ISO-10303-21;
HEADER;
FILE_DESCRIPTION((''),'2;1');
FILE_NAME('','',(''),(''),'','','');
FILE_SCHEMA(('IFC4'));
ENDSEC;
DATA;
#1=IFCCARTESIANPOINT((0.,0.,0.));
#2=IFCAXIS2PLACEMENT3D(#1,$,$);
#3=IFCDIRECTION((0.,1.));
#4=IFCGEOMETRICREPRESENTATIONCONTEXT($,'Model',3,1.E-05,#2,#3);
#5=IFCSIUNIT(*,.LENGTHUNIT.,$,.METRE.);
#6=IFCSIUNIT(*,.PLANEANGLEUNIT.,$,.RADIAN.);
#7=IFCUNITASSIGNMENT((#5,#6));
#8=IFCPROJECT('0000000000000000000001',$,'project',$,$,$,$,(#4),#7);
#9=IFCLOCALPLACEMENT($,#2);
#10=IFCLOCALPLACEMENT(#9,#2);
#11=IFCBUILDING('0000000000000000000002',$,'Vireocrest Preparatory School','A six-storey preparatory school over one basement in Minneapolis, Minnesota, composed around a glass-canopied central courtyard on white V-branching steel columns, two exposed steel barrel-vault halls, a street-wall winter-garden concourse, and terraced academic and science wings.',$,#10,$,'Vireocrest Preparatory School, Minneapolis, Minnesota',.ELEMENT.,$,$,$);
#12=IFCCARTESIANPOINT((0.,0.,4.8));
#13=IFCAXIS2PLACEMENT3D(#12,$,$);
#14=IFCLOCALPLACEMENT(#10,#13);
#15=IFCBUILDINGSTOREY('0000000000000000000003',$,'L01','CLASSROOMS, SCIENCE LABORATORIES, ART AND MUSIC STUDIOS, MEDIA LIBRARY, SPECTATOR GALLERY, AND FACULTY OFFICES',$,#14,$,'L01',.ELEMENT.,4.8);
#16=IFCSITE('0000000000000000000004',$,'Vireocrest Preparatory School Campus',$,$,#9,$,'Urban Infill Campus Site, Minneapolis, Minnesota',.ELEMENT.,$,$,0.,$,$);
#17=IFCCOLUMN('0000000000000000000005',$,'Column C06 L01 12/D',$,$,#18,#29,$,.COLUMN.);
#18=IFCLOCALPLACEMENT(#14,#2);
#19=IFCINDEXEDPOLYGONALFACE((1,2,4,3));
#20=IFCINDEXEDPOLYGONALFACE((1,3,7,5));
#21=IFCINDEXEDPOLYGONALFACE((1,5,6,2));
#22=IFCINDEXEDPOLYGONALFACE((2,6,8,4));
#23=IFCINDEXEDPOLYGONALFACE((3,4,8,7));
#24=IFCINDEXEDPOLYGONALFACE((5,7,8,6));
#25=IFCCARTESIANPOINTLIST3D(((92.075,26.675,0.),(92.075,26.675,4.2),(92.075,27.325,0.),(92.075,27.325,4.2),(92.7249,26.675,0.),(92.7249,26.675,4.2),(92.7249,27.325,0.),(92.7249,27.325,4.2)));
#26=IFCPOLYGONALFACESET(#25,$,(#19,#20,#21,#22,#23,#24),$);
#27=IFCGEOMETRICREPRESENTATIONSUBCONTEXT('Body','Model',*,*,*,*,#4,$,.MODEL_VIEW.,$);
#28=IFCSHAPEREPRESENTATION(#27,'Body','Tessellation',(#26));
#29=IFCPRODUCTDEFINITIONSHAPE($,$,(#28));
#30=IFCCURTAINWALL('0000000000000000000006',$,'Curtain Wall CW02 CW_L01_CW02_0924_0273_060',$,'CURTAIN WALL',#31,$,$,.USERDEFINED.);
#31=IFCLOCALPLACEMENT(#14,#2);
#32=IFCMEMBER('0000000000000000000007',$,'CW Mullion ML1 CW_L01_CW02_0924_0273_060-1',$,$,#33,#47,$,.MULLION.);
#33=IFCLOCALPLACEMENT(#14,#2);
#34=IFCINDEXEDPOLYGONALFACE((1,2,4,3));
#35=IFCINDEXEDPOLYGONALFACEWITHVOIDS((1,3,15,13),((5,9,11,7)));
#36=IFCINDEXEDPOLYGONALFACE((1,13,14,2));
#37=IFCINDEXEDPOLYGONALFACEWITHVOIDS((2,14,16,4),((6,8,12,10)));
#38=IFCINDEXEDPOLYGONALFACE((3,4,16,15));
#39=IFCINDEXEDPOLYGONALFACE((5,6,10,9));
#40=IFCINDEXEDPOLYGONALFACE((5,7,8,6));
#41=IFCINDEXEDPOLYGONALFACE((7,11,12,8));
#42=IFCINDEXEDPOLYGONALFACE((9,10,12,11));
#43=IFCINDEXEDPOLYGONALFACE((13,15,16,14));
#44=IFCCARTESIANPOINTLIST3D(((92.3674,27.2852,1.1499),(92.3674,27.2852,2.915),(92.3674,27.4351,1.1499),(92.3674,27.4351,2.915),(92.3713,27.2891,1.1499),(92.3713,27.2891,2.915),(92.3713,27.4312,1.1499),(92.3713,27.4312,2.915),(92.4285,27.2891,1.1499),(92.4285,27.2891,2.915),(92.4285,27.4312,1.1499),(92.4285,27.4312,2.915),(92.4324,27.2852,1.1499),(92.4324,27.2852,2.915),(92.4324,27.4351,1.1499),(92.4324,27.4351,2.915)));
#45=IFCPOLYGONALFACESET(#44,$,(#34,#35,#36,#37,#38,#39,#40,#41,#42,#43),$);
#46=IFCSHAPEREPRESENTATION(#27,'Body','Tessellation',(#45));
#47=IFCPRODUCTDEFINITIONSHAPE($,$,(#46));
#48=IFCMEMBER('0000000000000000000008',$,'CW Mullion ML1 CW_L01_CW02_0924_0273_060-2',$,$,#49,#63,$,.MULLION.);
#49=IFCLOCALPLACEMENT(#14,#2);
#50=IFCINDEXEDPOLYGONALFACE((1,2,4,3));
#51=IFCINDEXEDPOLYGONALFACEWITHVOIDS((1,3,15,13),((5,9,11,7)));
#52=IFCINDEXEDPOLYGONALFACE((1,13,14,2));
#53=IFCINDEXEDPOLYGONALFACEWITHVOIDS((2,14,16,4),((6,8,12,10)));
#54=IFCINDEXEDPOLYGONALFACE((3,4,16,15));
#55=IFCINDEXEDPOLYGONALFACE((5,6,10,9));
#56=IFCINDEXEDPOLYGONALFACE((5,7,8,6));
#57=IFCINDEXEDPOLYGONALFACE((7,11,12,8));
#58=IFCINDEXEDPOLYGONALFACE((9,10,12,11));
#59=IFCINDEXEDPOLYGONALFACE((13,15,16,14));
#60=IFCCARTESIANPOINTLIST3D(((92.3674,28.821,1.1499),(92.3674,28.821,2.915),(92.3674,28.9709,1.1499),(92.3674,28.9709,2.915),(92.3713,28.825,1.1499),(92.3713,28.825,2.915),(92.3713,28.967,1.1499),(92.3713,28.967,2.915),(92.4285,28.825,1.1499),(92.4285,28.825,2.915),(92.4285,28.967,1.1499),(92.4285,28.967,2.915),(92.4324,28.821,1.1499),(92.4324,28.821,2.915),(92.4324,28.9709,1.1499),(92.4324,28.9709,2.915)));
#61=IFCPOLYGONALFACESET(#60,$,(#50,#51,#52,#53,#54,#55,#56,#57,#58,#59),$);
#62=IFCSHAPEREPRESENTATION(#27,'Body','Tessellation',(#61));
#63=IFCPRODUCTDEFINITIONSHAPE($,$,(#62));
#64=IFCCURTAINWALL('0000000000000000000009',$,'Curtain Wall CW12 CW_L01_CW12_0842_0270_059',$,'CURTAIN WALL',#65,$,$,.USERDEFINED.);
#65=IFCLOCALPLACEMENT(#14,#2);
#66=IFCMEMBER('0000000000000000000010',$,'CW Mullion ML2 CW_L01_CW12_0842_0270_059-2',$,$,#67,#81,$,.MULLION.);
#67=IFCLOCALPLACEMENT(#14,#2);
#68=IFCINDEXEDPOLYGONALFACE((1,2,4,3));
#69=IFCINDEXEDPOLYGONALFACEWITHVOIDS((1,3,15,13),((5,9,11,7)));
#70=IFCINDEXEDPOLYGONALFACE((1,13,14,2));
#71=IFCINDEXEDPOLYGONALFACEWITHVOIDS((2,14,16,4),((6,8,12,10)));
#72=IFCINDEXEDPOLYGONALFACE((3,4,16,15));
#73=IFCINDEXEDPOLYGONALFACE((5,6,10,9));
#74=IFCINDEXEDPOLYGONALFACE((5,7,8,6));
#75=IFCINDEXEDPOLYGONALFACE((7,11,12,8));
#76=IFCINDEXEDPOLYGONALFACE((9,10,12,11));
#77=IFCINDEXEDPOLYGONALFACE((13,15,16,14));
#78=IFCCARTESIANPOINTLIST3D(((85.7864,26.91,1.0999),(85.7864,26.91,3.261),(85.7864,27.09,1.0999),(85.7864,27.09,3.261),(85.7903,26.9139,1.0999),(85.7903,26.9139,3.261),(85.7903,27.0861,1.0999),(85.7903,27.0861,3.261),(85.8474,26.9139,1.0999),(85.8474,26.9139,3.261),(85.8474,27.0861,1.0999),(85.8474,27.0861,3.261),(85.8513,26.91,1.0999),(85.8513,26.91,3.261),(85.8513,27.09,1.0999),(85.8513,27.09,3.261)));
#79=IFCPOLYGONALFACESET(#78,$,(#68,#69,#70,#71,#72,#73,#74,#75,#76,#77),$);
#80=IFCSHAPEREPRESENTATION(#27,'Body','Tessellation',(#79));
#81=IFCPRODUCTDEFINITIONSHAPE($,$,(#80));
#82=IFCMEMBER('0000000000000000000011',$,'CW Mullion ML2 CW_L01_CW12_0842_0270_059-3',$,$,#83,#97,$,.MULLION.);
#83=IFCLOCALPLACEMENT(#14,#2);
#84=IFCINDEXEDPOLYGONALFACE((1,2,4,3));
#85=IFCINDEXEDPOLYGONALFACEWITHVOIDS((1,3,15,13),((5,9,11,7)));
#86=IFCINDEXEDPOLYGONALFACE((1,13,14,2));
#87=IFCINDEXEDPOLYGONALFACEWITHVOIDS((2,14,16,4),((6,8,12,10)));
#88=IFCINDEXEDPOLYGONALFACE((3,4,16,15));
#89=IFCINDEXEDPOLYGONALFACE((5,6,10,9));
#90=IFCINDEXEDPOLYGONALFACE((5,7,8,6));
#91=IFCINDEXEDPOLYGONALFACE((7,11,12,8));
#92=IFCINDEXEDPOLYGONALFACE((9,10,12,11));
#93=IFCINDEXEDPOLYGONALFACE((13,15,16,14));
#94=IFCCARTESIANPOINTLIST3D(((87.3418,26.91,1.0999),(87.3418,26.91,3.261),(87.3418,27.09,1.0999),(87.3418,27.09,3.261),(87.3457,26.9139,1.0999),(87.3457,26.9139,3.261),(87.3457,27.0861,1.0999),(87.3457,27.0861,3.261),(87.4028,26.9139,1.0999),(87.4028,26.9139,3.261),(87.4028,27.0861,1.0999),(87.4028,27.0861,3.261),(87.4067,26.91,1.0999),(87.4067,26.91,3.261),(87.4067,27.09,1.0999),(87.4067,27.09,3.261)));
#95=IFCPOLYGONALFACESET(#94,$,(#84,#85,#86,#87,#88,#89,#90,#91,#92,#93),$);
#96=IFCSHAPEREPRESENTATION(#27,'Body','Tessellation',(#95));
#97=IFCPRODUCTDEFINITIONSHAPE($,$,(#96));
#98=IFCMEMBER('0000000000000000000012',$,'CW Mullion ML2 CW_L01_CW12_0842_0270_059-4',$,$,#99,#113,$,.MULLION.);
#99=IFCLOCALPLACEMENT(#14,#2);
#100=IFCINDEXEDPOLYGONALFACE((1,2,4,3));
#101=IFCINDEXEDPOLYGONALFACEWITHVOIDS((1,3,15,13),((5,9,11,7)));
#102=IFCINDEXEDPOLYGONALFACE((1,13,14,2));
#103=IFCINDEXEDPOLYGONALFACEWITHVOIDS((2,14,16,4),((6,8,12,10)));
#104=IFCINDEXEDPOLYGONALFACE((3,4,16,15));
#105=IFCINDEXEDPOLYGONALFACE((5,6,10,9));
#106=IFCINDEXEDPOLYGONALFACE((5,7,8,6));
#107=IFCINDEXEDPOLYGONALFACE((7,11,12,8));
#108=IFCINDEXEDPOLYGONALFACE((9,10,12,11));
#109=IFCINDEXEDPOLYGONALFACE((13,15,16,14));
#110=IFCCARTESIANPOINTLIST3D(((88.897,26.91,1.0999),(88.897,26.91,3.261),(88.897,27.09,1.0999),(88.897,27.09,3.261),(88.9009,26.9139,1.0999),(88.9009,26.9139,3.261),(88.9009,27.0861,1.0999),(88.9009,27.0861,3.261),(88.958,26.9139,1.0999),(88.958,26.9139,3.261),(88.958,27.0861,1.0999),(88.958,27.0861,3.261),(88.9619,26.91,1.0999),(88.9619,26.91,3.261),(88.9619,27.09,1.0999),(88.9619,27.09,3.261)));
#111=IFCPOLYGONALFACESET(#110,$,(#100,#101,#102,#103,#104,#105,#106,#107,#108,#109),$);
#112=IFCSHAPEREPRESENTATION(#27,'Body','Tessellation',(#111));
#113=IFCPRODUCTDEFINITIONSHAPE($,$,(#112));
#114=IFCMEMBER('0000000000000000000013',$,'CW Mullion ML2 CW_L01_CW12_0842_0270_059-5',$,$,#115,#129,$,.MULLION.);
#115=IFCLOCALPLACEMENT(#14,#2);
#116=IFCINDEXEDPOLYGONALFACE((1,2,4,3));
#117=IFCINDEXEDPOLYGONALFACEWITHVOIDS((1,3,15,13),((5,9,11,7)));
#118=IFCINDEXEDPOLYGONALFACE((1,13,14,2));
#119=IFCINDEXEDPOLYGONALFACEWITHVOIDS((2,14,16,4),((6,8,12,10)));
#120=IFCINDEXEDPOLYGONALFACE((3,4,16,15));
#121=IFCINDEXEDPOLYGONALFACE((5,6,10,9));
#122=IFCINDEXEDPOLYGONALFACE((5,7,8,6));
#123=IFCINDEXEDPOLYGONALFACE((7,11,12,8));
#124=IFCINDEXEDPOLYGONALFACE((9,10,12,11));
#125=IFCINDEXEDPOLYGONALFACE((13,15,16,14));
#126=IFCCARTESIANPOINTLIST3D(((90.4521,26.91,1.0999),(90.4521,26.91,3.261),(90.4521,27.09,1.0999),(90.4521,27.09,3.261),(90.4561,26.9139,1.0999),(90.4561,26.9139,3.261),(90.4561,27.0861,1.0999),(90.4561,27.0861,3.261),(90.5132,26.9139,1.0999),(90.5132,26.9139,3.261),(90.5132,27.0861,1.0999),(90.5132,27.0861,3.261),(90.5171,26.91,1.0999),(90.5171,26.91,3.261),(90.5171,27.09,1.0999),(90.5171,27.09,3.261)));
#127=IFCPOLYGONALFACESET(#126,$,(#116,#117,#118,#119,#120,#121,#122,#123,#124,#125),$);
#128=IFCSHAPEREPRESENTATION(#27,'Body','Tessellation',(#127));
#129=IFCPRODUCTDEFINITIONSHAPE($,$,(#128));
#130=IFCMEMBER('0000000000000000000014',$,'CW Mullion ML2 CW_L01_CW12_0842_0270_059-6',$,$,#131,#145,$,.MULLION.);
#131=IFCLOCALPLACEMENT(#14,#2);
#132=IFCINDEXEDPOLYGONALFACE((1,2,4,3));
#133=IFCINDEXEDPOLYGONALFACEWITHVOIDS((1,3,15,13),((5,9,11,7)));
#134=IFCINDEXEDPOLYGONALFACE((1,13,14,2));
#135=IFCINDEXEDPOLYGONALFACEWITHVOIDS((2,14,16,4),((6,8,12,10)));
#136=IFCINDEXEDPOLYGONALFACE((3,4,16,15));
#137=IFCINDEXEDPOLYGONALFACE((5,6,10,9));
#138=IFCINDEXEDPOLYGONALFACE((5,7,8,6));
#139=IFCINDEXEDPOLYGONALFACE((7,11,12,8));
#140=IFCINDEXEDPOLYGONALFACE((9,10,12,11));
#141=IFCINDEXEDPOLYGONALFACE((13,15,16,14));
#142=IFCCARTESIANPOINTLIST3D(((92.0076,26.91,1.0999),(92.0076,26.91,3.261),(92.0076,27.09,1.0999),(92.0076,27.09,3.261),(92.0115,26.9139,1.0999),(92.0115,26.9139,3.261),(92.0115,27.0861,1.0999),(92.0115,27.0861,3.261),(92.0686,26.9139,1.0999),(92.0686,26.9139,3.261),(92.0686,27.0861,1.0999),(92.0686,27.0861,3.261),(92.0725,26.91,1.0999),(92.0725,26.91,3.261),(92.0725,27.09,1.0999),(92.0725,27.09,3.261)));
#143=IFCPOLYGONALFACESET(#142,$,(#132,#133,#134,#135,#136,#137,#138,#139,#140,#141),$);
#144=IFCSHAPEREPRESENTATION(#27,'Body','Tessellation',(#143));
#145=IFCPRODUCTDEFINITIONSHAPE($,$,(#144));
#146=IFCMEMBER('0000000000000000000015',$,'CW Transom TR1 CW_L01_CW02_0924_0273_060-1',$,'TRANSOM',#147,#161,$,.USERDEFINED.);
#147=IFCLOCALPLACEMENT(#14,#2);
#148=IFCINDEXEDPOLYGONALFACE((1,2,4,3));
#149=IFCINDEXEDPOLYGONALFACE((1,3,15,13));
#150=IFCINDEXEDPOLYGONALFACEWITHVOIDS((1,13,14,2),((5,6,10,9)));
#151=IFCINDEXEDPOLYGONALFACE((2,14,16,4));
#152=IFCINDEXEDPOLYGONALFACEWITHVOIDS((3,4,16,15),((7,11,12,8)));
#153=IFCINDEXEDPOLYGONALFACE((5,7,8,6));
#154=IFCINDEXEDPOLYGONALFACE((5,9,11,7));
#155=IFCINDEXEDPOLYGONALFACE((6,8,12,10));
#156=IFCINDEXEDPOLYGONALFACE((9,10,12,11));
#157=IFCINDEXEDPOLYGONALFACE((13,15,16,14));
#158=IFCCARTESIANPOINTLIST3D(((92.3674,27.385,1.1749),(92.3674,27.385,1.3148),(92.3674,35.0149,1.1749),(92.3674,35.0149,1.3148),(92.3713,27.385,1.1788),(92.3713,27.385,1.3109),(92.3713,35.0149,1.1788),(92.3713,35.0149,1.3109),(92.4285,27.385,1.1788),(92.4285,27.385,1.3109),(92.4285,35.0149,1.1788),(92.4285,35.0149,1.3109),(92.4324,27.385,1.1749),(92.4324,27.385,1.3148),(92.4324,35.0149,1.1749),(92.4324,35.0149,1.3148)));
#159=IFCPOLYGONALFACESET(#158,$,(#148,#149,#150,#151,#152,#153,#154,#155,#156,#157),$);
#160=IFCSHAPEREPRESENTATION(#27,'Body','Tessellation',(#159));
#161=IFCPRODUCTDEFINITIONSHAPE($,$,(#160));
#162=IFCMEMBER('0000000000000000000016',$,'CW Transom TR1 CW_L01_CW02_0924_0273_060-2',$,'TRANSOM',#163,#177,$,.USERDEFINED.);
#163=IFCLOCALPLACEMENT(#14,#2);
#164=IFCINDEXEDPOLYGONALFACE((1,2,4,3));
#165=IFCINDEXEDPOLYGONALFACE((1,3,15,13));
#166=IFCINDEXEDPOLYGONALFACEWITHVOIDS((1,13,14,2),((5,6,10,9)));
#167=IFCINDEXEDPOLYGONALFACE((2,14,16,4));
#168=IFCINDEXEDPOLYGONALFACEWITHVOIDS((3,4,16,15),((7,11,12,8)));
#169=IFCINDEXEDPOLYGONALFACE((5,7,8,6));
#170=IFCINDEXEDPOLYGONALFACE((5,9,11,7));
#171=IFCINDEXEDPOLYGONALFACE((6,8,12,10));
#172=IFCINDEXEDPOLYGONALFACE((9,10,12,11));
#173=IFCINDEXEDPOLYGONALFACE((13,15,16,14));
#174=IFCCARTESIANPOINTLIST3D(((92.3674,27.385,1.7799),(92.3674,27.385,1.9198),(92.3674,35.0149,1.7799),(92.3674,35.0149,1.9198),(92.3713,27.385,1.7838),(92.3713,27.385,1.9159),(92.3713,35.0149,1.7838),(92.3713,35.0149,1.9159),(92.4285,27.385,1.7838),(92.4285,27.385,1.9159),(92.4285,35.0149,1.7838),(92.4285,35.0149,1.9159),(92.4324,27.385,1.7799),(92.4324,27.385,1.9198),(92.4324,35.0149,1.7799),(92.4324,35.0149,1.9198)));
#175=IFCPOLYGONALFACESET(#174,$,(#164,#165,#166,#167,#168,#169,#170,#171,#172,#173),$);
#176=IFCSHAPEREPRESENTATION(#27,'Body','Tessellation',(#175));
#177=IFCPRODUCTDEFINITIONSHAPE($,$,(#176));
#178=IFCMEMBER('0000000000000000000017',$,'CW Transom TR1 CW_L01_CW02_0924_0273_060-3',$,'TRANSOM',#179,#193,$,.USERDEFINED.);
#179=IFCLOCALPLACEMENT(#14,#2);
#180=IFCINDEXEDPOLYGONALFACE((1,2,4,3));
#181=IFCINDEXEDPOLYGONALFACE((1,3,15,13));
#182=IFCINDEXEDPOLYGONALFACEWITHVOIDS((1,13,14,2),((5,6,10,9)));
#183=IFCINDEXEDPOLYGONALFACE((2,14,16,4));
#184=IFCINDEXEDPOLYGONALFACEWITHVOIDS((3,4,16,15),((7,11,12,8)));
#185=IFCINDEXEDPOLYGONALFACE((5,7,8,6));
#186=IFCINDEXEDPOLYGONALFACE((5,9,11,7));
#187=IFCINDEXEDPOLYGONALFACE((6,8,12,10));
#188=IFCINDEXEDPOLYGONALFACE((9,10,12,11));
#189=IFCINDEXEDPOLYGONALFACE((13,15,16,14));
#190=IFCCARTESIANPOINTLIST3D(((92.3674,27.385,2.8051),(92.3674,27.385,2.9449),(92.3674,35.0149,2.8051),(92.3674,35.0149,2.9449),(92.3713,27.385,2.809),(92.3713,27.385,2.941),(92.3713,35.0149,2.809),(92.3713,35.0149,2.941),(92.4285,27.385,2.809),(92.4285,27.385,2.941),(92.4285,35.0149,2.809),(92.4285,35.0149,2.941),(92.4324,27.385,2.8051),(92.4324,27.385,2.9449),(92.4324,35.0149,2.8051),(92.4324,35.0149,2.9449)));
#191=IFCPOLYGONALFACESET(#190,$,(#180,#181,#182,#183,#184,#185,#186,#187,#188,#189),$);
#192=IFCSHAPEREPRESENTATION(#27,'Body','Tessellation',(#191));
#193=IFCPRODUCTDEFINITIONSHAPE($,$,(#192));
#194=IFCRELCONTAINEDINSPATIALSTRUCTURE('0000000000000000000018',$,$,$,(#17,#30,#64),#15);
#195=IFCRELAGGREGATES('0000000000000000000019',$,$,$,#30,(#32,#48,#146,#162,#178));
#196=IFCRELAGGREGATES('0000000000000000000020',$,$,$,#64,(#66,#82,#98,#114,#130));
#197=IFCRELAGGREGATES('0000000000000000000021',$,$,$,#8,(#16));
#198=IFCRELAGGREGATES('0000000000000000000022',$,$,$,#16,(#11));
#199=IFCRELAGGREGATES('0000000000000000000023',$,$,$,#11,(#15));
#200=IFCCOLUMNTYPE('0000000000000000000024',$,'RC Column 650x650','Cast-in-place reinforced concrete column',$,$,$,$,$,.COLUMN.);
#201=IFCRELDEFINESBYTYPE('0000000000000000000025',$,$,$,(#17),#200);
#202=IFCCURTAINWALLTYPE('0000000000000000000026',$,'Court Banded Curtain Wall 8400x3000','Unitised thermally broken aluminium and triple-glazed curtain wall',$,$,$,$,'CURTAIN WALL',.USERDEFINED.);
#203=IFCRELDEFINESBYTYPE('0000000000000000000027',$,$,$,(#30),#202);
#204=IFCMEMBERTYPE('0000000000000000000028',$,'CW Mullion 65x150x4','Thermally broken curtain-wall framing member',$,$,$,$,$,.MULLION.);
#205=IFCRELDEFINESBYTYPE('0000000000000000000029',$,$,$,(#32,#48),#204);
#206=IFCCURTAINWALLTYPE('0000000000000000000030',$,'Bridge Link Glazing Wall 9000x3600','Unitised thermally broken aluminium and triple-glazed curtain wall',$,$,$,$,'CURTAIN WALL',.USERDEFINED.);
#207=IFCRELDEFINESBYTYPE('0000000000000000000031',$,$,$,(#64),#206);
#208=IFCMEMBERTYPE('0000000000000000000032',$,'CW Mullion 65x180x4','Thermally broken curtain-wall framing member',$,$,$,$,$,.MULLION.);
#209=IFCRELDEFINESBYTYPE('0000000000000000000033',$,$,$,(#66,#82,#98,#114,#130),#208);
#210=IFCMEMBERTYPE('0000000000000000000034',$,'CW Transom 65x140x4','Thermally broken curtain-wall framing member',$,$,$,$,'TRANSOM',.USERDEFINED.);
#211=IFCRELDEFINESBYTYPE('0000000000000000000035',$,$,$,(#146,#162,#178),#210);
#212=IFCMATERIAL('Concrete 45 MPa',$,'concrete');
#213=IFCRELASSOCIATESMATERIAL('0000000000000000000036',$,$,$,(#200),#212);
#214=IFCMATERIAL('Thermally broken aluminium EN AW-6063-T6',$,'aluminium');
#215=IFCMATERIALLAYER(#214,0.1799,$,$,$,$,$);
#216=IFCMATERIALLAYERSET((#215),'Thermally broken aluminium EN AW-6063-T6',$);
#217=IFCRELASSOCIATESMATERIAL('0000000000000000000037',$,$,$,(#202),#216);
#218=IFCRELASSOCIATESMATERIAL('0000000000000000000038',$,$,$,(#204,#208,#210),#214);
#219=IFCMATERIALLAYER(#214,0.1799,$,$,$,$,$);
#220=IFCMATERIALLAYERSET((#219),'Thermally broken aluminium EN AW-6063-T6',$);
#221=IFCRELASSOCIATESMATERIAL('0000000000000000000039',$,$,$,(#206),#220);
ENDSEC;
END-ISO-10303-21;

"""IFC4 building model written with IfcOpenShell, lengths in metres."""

from ifc_helpers import new_model, si_unit, direction, frame, origin, origin_2d, place, context, subcontext, project, spatial, rectangle, hollow_rectangle, extrude, material, layer, layer_set, material_profile, profile_set, type_object, element, aggregate, save


model = new_model("IFC4")

# Units and contexts
model_context = context("Model", 3, precision=1e-05, world=origin(), true_north=direction((0.0, 1.0)))
body_context = subcontext(model_context, "Body", "Model", "MODEL_VIEW")
ifc_project = project(units=[si_unit("LENGTHUNIT", "METRE"), si_unit("PLANEANGLEUNIT", "RADIAN")], contexts=[model_context])

# Site, building, storey
site_placement = place(None, origin())
site = spatial("IfcSite", under=ifc_project, at=site_placement, Name="Vireocrest Preparatory School Campus", LongName="Urban Infill Campus Site, Minneapolis, Minnesota", CompositionType="ELEMENT", RefElevation=0.0)
building_placement = place(site_placement, origin())
building = spatial("IfcBuilding", under=site, at=building_placement, Name="Vireocrest Preparatory School", Description="A six-storey preparatory school over one basement in Minneapolis, Minnesota, composed around a glass-canopied central courtyard on white V-branching steel columns, two exposed steel barrel-vault halls, a street-wall winter-garden concourse, and terraced academic and science wings.", LongName="Vireocrest Preparatory School, Minneapolis, Minnesota", CompositionType="ELEMENT")
storey_placement = place(building_placement, frame((0.0, 0.0, 4.8)))
storey = spatial("IfcBuildingStorey", under=building, at=storey_placement, Name="L01", Description="CLASSROOMS, SCIENCE LABORATORIES, ART AND MUSIC STUDIOS, MEDIA LIBRARY, SPECTATOR GALLERY, AND FACULTY OFFICES", LongName="L01", CompositionType="ELEMENT", Elevation=4.8)

# Column
ifc_material_1 = material(Name="Concrete 45 MPa", Category="concrete")
ifc_material_profile_1 = material_profile(ifc_material_1, rectangle(XDim=0.6499, YDim=0.6499, at=origin_2d()), Name="RC 650x650")
ifc_profile_set_1 = profile_set([ifc_material_profile_1], Name="Concrete 45 MPa")
column_type = type_object("IfcColumnType", Name="RC Column 650x650", Description="Cast-in-place reinforced concrete column", PredefinedType="COLUMN", material=ifc_profile_set_1)
column_placement = place(storey_placement, frame((92.3999, 27.0, 0.0), z_axis=(0.0, 0.0, 1.0), x_axis=(1.0, 0.0, 0.0)))
element("IfcColumn", 1, at=column_placement, inside=storey, type_object=column_type, Name="Column C06 L01 12/D", PredefinedType="COLUMN", context=body_context, shape_type="SweptSolid", body=[
    extrude(rectangle(XDim=0.6499, YDim=0.6499, at=origin_2d()), origin(), (0.0, 0.0, 1.0), 4.2),
])

# Curtain walls, members
ifc_material_2 = material(Name="Thermally broken aluminium EN AW-6063-T6", Category="aluminium")
ifc_layer_1 = layer(ifc_material_2, 0.1799)
ifc_layer_set_1 = layer_set([ifc_layer_1], Name="Thermally broken aluminium EN AW-6063-T6")
curtain_wall_type_1 = type_object("IfcCurtainWallType", Name="Court Banded Curtain Wall 8400x3000", Description="Unitised thermally broken aluminium and triple-glazed curtain wall", ElementType="CURTAIN WALL", PredefinedType="USERDEFINED", material=ifc_layer_set_1)
curtain_wall_1_placement = place(storey_placement, origin())
curtain_wall_1 = element("IfcCurtainWall", 2, at=curtain_wall_1_placement, inside=storey, type_object=curtain_wall_type_1, Name="Curtain Wall CW02 CW_L01_CW02_0924_0273_060", ObjectType="CURTAIN WALL", PredefinedType="USERDEFINED")
ifc_material_profile_2 = material_profile(ifc_material_2, hollow_rectangle(XDim=0.0649, YDim=0.1499, WallThickness=0.0039, at=origin_2d()), Name="ALU 65x150x4")
ifc_profile_set_2 = profile_set([ifc_material_profile_2], Name="Thermally broken aluminium EN AW-6063-T6")
member_type_1 = type_object("IfcMemberType", Name="CW Mullion 65x150x4", Description="Thermally broken curtain-wall framing member", PredefinedType="MULLION", material=ifc_profile_set_2)
member_1_placement = place(storey_placement, frame((92.3999, 27.3601, 1.1499), z_axis=(0.0, 0.0, 1.0), x_axis=(1.0, 0.0, 0.0)))
member_1 = element("IfcMember", 3, at=member_1_placement, type_object=member_type_1, Name="CW Mullion ML1 CW_L01_CW02_0924_0273_060-1", PredefinedType="MULLION", context=body_context, shape_type="SweptSolid", body=[
    extrude(hollow_rectangle(XDim=0.0649, YDim=0.1499, WallThickness=0.0039, at=origin_2d()), origin(), (0.0, 0.0, 1.0), 1.7651),
])
member_2_placement = place(storey_placement, frame((92.3999, 28.896, 1.1499), z_axis=(0.0, 0.0, 1.0), x_axis=(1.0, 0.0, 0.0)))
member_2 = element("IfcMember", 4, at=member_2_placement, type_object=member_type_1, Name="CW Mullion ML1 CW_L01_CW02_0924_0273_060-2", PredefinedType="MULLION", context=body_context, shape_type="SweptSolid", body=[
    extrude(hollow_rectangle(XDim=0.0649, YDim=0.1499, WallThickness=0.0039, at=origin_2d()), origin(), (0.0, 0.0, 1.0), 1.7651),
])
ifc_layer_2 = layer(ifc_material_2, 0.1799)
ifc_layer_set_2 = layer_set([ifc_layer_2], Name="Thermally broken aluminium EN AW-6063-T6")
curtain_wall_type_2 = type_object("IfcCurtainWallType", Name="Bridge Link Glazing Wall 9000x3600", Description="Unitised thermally broken aluminium and triple-glazed curtain wall", ElementType="CURTAIN WALL", PredefinedType="USERDEFINED", material=ifc_layer_set_2)
curtain_wall_2_placement = place(storey_placement, origin())
curtain_wall_2 = element("IfcCurtainWall", 5, at=curtain_wall_2_placement, inside=storey, type_object=curtain_wall_type_2, Name="Curtain Wall CW12 CW_L01_CW12_0842_0270_059", ObjectType="CURTAIN WALL", PredefinedType="USERDEFINED")
ifc_material_profile_3 = material_profile(ifc_material_2, hollow_rectangle(XDim=0.0649, YDim=0.1799, WallThickness=0.0039, at=origin_2d()), Name="ALU 65x180x4")
ifc_profile_set_3 = profile_set([ifc_material_profile_3], Name="Thermally broken aluminium EN AW-6063-T6")
member_type_2 = type_object("IfcMemberType", Name="CW Mullion 65x180x4", Description="Thermally broken curtain-wall framing member", PredefinedType="MULLION", material=ifc_profile_set_3)
member_3_placement = place(storey_placement, frame((85.8188, 27.0, 1.0999), z_axis=(0.0, 0.0, 1.0), x_axis=(1.0, 0.0, 0.0)))
member_3 = element("IfcMember", 6, at=member_3_placement, type_object=member_type_2, Name="CW Mullion ML2 CW_L01_CW12_0842_0270_059-2", PredefinedType="MULLION", context=body_context, shape_type="SweptSolid", body=[
    extrude(hollow_rectangle(XDim=0.0649, YDim=0.1799, WallThickness=0.0039, at=origin_2d()), origin(), (0.0, 0.0, 1.0), 2.1611),
])
member_4_placement = place(storey_placement, frame((87.3743, 27.0, 1.0999), z_axis=(0.0, 0.0, 1.0), x_axis=(1.0, 0.0, 0.0)))
member_4 = element("IfcMember", 7, at=member_4_placement, type_object=member_type_2, Name="CW Mullion ML2 CW_L01_CW12_0842_0270_059-3", PredefinedType="MULLION", context=body_context, shape_type="SweptSolid", body=[
    extrude(hollow_rectangle(XDim=0.0649, YDim=0.1799, WallThickness=0.0039, at=origin_2d()), origin(), (0.0, 0.0, 1.0), 2.1611),
])
member_5_placement = place(storey_placement, frame((88.9294, 27.0, 1.0999), z_axis=(0.0, 0.0, 1.0), x_axis=(1.0, 0.0, 0.0)))
member_5 = element("IfcMember", 8, at=member_5_placement, type_object=member_type_2, Name="CW Mullion ML2 CW_L01_CW12_0842_0270_059-4", PredefinedType="MULLION", context=body_context, shape_type="SweptSolid", body=[
    extrude(hollow_rectangle(XDim=0.0649, YDim=0.1799, WallThickness=0.0039, at=origin_2d()), origin(), (0.0, 0.0, 1.0), 2.1611),
])
member_6_placement = place(storey_placement, frame((90.4846, 27.0, 1.0999), z_axis=(0.0, 0.0, 1.0), x_axis=(1.0, 0.0, 0.0)))
member_6 = element("IfcMember", 9, at=member_6_placement, type_object=member_type_2, Name="CW Mullion ML2 CW_L01_CW12_0842_0270_059-5", PredefinedType="MULLION", context=body_context, shape_type="SweptSolid", body=[
    extrude(hollow_rectangle(XDim=0.0649, YDim=0.1799, WallThickness=0.0039, at=origin_2d()), origin(), (0.0, 0.0, 1.0), 2.1611),
])
member_7_placement = place(storey_placement, frame((92.04, 27.0, 1.0999), z_axis=(0.0, 0.0, 1.0), x_axis=(1.0, 0.0, 0.0)))
member_7 = element("IfcMember", 10, at=member_7_placement, type_object=member_type_2, Name="CW Mullion ML2 CW_L01_CW12_0842_0270_059-6", PredefinedType="MULLION", context=body_context, shape_type="SweptSolid", body=[
    extrude(hollow_rectangle(XDim=0.0649, YDim=0.1799, WallThickness=0.0039, at=origin_2d()), origin(), (0.0, 0.0, 1.0), 2.1611),
])

# Members
ifc_material_profile_4 = material_profile(ifc_material_2, hollow_rectangle(XDim=0.0649, YDim=0.1399, WallThickness=0.0039, at=origin_2d()), Name="ALU 65x140x4")
ifc_profile_set_4 = profile_set([ifc_material_profile_4], Name="Thermally broken aluminium EN AW-6063-T6")
member_type_3 = type_object("IfcMemberType", Name="CW Transom 65x140x4", Description="Thermally broken curtain-wall framing member", ElementType="TRANSOM", PredefinedType="USERDEFINED", material=ifc_profile_set_4)
member_8_placement = place(storey_placement, frame((92.3999, 27.385, 1.2449), z_axis=(0.0, 1.0, 0.0), x_axis=(-1.0, 0.0, 0.0)))
member_8 = element("IfcMember", 11, at=member_8_placement, type_object=member_type_3, Name="CW Transom TR1 CW_L01_CW02_0924_0273_060-1", ObjectType="TRANSOM", PredefinedType="USERDEFINED", context=body_context, shape_type="SweptSolid", body=[
    extrude(hollow_rectangle(XDim=0.0649, YDim=0.1399, WallThickness=0.0039, at=origin_2d()), origin(), (0.0, 0.0, 1.0), 7.6299),
])
member_9_placement = place(storey_placement, frame((92.3999, 27.385, 1.8499), z_axis=(0.0, 1.0, 0.0), x_axis=(-1.0, 0.0, 0.0)))
member_9 = element("IfcMember", 12, at=member_9_placement, type_object=member_type_3, Name="CW Transom TR1 CW_L01_CW02_0924_0273_060-2", ObjectType="TRANSOM", PredefinedType="USERDEFINED", context=body_context, shape_type="SweptSolid", body=[
    extrude(hollow_rectangle(XDim=0.0649, YDim=0.1399, WallThickness=0.0039, at=origin_2d()), origin(), (0.0, 0.0, 1.0), 7.6299),
])
member_10_placement = place(storey_placement, frame((92.3999, 27.385, 2.875), z_axis=(0.0, 1.0, 0.0), x_axis=(-1.0, 0.0, 0.0)))
member_10 = element("IfcMember", 13, at=member_10_placement, type_object=member_type_3, Name="CW Transom TR1 CW_L01_CW02_0924_0273_060-3", ObjectType="TRANSOM", PredefinedType="USERDEFINED", context=body_context, shape_type="SweptSolid", body=[
    extrude(hollow_rectangle(XDim=0.0649, YDim=0.1399, WallThickness=0.0039, at=origin_2d()), origin(), (0.0, 0.0, 1.0), 7.6299),
])

aggregate(curtain_wall_1, [member_1, member_2, member_8, member_9, member_10])
aggregate(curtain_wall_2, [member_3, member_4, member_5, member_6, member_7])

save(model, "model.ifc")
